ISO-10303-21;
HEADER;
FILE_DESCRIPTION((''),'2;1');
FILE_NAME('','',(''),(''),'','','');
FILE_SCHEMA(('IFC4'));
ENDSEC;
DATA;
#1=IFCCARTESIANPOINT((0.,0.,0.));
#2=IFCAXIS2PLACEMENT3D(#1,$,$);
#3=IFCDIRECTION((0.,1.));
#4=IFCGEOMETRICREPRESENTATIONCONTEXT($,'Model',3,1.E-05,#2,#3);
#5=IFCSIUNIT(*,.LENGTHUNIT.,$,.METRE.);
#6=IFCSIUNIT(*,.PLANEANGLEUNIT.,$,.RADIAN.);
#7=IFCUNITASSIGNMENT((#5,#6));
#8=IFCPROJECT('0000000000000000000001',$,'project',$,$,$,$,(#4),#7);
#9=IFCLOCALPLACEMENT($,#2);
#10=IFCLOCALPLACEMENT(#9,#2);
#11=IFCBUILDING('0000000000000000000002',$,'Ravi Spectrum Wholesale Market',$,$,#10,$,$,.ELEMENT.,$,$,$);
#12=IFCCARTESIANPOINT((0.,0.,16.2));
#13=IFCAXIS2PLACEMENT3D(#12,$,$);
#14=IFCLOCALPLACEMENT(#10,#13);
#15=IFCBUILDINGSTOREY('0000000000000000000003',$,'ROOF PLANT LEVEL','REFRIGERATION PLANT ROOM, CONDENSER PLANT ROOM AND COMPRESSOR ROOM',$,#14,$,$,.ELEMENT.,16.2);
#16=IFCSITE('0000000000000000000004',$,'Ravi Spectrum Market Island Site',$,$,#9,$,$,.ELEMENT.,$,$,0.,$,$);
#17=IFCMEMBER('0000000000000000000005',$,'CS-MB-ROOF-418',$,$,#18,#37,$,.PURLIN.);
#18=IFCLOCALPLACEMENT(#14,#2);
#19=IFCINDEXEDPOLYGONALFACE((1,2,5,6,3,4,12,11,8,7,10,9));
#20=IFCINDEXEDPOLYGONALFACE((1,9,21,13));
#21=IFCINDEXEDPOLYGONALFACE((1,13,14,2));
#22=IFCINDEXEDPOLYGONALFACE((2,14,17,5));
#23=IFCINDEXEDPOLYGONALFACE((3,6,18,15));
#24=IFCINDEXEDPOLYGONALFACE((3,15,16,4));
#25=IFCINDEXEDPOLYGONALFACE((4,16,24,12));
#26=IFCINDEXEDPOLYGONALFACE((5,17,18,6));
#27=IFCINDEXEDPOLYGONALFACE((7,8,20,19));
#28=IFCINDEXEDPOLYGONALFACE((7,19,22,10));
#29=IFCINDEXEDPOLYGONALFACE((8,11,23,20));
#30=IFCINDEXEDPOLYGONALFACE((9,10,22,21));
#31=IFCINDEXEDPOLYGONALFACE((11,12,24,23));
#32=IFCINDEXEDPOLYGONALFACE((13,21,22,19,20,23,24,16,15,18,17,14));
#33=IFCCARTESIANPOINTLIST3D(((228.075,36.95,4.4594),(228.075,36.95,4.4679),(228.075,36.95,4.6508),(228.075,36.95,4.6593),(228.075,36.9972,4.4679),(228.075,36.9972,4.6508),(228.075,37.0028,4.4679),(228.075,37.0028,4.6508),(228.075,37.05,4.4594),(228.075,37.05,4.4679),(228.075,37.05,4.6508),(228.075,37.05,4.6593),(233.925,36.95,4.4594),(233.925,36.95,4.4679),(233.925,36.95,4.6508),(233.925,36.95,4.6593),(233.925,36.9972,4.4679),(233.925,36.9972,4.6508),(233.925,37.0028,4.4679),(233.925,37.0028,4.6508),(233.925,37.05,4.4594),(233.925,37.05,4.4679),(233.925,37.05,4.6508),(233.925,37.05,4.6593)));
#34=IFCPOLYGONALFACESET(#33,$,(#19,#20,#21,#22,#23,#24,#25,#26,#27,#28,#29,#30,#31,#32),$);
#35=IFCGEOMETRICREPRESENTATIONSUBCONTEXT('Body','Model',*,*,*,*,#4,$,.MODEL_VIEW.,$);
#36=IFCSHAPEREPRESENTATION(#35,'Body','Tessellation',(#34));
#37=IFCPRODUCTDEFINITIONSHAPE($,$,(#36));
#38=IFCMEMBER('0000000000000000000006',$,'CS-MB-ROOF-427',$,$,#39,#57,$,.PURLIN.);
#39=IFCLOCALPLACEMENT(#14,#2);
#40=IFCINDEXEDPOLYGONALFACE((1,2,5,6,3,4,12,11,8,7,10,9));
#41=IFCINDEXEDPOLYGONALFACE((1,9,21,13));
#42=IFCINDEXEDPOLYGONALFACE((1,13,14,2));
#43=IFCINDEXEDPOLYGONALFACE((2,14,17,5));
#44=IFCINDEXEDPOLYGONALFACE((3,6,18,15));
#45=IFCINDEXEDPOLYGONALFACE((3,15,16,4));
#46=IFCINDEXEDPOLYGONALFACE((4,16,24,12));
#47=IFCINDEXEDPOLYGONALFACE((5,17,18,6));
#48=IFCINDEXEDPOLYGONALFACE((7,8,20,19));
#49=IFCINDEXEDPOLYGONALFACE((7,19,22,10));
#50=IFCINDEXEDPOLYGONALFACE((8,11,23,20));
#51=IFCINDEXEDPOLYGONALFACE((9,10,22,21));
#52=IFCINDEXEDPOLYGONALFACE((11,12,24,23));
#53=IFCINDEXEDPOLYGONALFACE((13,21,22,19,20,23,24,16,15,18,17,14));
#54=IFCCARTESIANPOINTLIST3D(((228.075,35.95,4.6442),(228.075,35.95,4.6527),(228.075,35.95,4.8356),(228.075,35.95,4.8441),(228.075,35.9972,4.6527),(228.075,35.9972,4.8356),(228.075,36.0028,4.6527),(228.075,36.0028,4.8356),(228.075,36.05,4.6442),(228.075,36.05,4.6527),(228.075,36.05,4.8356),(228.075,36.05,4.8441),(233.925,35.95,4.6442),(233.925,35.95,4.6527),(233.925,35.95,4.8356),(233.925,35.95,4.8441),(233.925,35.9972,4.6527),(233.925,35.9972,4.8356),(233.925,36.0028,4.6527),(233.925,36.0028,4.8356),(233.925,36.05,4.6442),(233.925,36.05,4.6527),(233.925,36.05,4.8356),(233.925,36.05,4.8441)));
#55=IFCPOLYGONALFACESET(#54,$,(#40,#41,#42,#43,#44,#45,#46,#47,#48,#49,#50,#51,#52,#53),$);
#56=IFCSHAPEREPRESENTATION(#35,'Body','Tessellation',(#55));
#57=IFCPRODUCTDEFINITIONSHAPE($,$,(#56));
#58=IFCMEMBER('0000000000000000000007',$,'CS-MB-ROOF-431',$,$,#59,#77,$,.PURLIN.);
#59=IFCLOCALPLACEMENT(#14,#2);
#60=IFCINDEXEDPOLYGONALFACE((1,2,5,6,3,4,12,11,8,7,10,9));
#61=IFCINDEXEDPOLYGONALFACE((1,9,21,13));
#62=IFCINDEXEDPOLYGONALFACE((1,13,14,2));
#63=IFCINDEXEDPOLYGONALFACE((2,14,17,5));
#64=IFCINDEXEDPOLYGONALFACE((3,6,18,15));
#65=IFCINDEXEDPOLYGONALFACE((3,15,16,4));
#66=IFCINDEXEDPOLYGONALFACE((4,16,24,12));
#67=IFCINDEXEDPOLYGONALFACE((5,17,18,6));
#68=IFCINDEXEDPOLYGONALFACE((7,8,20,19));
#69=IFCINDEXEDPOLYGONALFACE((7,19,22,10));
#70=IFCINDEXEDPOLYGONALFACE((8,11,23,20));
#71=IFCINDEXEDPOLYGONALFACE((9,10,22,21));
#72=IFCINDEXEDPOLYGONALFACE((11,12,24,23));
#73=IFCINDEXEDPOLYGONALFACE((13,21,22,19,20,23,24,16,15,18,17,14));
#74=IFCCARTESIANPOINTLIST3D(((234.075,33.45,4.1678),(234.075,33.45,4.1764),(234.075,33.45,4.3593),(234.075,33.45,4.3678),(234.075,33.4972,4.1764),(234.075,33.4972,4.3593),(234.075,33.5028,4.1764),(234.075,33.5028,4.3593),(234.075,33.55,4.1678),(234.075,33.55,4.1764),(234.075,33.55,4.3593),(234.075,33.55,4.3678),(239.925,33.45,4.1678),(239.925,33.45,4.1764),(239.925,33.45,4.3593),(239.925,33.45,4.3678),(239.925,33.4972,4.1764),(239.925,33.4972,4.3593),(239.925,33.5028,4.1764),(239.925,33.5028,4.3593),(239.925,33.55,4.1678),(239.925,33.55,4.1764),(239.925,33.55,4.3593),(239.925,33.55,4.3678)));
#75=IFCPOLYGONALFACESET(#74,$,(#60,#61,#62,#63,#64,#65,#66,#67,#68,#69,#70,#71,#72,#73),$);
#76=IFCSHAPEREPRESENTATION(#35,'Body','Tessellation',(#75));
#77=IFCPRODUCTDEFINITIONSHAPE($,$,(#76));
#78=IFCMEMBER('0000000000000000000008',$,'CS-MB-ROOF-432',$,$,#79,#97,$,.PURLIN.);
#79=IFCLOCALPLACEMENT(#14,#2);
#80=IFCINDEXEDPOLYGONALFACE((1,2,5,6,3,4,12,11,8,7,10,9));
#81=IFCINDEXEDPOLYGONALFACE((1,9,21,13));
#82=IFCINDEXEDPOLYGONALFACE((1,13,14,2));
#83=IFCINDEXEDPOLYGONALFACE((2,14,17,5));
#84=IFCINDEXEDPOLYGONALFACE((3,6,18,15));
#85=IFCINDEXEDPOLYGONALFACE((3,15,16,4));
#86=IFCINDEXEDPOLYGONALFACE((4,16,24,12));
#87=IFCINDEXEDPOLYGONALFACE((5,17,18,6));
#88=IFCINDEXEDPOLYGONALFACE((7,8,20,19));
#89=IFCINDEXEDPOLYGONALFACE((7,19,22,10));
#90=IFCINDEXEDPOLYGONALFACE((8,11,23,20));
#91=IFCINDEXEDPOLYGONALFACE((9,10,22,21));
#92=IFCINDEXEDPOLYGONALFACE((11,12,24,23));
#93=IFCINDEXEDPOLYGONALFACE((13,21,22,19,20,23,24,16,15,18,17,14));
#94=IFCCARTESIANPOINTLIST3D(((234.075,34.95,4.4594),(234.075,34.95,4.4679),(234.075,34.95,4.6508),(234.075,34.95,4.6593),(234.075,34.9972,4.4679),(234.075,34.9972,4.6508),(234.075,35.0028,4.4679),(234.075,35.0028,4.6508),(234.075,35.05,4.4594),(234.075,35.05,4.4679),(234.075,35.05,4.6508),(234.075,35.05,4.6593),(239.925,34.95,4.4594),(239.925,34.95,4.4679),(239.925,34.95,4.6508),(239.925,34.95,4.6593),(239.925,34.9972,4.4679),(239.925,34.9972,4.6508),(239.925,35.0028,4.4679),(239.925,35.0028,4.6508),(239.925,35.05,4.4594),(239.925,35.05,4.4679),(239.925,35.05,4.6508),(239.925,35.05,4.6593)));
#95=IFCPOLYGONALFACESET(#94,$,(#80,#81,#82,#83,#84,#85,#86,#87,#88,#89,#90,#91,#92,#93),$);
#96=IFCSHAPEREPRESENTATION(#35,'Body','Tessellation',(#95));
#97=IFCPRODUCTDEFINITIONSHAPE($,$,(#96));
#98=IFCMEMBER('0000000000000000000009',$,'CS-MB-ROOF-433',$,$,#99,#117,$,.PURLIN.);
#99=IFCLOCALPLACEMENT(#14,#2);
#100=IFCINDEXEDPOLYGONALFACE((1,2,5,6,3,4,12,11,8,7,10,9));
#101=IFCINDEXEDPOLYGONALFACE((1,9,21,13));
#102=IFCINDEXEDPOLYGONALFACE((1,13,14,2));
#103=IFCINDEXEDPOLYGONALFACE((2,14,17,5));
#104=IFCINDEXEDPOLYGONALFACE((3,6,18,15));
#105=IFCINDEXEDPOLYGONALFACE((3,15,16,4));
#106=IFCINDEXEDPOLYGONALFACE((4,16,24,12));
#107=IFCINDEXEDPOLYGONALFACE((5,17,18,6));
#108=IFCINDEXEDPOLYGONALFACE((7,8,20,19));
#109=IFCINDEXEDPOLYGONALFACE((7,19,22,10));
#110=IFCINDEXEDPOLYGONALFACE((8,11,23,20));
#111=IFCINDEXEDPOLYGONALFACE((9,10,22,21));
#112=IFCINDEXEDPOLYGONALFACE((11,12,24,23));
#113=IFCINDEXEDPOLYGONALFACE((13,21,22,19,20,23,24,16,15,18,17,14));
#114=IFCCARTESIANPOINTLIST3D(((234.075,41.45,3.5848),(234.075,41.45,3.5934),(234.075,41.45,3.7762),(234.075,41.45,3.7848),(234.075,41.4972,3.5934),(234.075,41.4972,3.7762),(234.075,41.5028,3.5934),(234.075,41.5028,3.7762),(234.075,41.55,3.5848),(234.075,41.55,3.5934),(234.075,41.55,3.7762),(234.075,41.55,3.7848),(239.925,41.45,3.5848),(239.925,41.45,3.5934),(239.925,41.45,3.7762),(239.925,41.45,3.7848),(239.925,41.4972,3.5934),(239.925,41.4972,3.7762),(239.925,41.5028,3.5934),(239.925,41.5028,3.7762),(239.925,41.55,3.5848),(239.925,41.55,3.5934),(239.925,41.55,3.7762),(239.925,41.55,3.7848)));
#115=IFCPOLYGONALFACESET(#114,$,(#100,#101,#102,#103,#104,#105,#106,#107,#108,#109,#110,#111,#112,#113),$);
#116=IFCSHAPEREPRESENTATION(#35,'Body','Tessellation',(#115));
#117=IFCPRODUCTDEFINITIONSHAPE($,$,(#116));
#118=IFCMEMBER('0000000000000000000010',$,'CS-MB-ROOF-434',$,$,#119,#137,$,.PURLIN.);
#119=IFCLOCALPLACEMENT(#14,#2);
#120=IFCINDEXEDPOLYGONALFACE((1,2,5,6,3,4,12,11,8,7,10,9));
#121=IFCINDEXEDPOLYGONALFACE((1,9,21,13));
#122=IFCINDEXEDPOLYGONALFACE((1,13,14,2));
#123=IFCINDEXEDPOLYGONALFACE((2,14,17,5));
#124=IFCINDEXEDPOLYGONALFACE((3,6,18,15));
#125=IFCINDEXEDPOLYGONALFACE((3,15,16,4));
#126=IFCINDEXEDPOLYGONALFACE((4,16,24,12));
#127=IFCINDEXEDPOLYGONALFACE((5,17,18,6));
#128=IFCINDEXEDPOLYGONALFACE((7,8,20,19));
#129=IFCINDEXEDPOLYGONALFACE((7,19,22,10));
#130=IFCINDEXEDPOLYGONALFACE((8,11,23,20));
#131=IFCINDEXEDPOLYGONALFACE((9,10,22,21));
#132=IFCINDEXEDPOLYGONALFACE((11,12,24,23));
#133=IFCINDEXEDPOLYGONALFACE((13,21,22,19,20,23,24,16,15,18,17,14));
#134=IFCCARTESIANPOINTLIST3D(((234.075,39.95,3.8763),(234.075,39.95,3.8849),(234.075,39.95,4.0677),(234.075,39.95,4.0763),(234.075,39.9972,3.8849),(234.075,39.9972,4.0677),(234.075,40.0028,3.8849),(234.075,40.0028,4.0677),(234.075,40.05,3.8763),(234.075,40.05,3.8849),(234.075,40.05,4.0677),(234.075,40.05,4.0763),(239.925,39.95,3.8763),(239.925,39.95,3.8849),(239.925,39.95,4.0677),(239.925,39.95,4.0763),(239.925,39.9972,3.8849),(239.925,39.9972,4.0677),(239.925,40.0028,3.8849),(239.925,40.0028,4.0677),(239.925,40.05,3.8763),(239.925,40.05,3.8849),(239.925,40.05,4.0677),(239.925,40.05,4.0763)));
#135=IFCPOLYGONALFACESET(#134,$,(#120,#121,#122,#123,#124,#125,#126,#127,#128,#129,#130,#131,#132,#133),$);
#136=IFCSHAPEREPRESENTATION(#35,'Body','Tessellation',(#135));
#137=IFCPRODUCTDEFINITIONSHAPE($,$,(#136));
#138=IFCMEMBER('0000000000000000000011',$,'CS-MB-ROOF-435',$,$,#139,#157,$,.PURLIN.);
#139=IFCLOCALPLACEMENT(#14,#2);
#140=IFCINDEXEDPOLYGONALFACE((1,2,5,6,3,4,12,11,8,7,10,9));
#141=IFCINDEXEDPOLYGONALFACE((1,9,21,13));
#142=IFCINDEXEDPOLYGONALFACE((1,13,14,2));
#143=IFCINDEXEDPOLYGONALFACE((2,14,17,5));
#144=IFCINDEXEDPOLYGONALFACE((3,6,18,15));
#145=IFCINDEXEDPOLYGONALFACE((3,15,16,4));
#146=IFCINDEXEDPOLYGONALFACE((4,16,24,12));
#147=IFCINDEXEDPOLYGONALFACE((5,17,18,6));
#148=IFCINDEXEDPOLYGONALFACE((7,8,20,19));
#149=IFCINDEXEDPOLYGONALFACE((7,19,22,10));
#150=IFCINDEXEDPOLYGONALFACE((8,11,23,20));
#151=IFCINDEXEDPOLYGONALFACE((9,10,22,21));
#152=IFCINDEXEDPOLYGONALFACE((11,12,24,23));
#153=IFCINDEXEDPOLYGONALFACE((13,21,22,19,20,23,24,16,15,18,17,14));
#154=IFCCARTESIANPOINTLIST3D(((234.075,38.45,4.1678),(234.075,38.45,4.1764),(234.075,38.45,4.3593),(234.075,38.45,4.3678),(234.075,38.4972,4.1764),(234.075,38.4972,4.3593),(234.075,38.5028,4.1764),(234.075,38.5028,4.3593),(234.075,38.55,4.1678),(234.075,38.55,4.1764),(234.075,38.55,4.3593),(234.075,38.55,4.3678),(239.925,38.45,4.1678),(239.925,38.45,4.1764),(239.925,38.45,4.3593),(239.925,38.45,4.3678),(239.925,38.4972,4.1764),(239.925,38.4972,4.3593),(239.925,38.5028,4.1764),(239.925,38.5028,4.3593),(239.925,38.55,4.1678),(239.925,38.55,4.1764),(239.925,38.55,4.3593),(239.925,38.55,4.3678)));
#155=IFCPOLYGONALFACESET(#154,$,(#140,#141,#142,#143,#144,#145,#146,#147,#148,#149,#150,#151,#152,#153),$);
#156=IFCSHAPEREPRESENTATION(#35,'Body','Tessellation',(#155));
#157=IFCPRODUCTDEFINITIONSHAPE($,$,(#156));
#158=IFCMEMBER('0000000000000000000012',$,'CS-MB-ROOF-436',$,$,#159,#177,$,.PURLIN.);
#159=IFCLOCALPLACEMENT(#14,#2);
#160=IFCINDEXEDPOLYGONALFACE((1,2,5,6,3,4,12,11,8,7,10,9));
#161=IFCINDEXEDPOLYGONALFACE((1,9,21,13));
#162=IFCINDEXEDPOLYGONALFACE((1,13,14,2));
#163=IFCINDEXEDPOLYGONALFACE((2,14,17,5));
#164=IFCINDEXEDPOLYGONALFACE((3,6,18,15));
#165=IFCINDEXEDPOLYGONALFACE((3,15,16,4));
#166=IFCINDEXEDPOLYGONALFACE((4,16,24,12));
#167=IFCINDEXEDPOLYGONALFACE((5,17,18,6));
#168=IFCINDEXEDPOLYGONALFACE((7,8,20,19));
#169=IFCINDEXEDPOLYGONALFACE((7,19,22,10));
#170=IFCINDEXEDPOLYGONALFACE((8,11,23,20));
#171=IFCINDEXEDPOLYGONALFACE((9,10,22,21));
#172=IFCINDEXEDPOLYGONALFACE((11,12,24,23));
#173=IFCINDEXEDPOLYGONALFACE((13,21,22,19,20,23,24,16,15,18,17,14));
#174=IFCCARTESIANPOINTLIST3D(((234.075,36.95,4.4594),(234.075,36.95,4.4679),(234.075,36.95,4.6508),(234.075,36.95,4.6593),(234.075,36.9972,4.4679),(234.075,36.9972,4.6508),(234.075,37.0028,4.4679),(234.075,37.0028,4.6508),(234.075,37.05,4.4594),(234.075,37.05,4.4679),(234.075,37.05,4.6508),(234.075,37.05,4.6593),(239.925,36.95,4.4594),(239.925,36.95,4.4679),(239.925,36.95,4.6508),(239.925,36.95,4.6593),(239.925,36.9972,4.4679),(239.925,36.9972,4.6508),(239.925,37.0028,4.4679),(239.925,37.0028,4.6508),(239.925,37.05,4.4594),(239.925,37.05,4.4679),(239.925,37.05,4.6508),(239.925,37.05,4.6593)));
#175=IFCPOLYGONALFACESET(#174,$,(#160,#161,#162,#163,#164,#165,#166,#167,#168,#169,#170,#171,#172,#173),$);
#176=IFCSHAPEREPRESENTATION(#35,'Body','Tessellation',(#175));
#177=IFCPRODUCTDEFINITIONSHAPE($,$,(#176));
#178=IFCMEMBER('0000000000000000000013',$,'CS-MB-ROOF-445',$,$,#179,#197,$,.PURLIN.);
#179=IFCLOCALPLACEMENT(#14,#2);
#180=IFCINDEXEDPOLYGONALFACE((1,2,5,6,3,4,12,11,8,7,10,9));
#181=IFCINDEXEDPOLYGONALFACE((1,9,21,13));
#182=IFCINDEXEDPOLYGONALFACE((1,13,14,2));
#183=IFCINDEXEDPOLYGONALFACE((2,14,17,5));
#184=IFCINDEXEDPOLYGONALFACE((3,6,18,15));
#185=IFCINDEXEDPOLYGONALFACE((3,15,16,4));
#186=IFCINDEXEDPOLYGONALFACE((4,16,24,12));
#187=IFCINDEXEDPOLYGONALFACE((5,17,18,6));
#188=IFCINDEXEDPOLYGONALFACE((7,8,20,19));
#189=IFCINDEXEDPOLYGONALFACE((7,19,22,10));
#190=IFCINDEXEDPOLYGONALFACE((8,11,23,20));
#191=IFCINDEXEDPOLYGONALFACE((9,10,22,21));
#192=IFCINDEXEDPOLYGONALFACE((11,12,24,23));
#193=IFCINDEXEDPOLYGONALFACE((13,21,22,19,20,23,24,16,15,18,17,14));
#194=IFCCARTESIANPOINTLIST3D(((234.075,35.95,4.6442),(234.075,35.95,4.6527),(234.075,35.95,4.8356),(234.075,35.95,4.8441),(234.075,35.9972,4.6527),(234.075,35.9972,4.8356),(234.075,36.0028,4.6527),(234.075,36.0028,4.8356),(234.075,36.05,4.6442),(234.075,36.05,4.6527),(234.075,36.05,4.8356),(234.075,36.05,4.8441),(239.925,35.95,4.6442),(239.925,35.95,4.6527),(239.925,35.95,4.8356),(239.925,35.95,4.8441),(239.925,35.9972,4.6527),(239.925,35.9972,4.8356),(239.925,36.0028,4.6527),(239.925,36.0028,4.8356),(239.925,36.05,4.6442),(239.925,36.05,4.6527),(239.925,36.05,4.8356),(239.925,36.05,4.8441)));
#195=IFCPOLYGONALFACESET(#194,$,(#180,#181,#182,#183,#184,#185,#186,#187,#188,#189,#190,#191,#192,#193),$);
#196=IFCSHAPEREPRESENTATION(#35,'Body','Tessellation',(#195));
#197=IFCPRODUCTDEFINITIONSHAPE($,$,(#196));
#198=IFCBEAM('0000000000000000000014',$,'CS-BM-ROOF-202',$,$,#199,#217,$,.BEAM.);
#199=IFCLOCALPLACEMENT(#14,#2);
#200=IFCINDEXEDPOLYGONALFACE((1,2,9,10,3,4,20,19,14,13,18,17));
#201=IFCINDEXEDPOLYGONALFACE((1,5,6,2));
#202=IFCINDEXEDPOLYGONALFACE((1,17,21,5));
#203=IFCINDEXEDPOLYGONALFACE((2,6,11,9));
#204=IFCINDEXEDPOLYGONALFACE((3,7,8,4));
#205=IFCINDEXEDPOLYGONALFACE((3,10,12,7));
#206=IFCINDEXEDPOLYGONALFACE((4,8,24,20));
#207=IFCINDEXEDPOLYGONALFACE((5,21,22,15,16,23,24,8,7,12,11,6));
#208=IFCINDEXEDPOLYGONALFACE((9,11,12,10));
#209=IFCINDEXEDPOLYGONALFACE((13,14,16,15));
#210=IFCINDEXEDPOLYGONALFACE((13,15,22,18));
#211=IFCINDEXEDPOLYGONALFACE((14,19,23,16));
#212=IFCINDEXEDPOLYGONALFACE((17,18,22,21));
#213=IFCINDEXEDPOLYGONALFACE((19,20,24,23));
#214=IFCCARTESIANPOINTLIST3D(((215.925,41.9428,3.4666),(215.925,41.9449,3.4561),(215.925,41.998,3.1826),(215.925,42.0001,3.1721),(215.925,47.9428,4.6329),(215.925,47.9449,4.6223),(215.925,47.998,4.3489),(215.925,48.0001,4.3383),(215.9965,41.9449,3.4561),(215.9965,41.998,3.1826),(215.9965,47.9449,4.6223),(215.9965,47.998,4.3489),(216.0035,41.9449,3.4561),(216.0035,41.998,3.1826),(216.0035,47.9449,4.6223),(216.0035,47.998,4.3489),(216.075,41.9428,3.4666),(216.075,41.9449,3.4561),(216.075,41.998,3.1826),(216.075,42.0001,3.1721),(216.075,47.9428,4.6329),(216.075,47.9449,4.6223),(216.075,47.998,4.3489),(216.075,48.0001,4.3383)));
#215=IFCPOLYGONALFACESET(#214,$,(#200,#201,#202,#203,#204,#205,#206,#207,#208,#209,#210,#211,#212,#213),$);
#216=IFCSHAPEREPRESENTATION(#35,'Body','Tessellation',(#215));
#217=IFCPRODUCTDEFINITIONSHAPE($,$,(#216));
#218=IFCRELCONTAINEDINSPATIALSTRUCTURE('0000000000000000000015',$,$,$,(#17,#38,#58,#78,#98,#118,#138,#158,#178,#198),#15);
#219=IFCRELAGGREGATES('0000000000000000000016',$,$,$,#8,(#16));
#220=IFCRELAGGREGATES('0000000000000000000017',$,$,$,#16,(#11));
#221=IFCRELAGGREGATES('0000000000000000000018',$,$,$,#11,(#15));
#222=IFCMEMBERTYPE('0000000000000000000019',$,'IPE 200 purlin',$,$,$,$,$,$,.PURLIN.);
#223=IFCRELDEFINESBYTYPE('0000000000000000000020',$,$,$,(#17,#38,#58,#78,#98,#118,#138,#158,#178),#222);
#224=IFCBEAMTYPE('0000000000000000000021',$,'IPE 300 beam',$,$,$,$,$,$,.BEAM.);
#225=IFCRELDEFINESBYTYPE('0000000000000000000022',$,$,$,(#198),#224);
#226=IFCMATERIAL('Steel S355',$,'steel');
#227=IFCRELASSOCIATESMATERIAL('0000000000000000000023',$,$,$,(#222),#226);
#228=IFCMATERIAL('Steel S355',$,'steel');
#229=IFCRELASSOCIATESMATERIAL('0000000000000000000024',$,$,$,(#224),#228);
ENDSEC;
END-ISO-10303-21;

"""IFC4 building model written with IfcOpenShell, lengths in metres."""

from ifc_helpers import new_model, si_unit, direction, frame, origin, origin_2d, place, context, subcontext, project, spatial, i_section, extrude, material, material_profile, profile_set, type_object, element, save


model = new_model("IFC4")

# Units and contexts
model_context = context("Model", 3, precision=1e-05, world=origin(), true_north=direction((0.0, 1.0)))
body_context = subcontext(model_context, "Body", "Model", "MODEL_VIEW")
ifc_project = project(units=[si_unit("LENGTHUNIT", "METRE"), si_unit("PLANEANGLEUNIT", "RADIAN")], contexts=[model_context])

# Site, building, storey
site_placement = place(None, origin())
site = spatial("IfcSite", under=ifc_project, at=site_placement, Name="Ravi Spectrum Market Island Site", CompositionType="ELEMENT", RefElevation=0.0)
building_placement = place(site_placement, origin())
building = spatial("IfcBuilding", under=site, at=building_placement, Name="Ravi Spectrum Wholesale Market", CompositionType="ELEMENT")
storey_placement = place(building_placement, frame((0.0, 0.0, 16.2)))
storey = spatial("IfcBuildingStorey", under=building, at=storey_placement, Name="ROOF PLANT LEVEL", Description="REFRIGERATION PLANT ROOM, CONDENSER PLANT ROOM AND COMPRESSOR ROOM", CompositionType="ELEMENT", Elevation=16.2)

# Members
ifc_material_1 = material(Name="Steel S355", Category="steel")
ifc_material_profile_1 = material_profile(ifc_material_1, i_section(OverallWidth=0.1001, OverallDepth=0.2, WebThickness=0.0056, FlangeThickness=0.0085, at=origin_2d()))
ifc_profile_set_1 = profile_set([ifc_material_profile_1], Name="Steel S355")
member_type = type_object("IfcMemberType", Name="IPE 200 purlin", PredefinedType="PURLIN", material=ifc_profile_set_1)
for number, where, z_axis, x_axis, name in (
    (1, (228.075, 37.0, 4.5593), (1.0, 0.0, 0.0), (0.0, 1.0, 0.0), "CS-MB-ROOF-418"),
    (2, (228.075, 36.0, 4.7441), (1.0, 0.0, 0.0), (0.0, 1.0, 0.0), "CS-MB-ROOF-427"),
    (3, (234.075, 33.5, 4.2678), (1.0, 0.0, 0.0), (0.0, 1.0, 0.0), "CS-MB-ROOF-431"),
    (4, (234.075, 35.0, 4.5593), (1.0, 0.0, 0.0), (0.0, 1.0, 0.0), "CS-MB-ROOF-432"),
    (5, (234.075, 41.5, 3.6848), (1.0, 0.0, 0.0), (0.0, 1.0, 0.0), "CS-MB-ROOF-433"),
    (6, (234.075, 40.0, 3.9763), (1.0, 0.0, 0.0), (0.0, 1.0, 0.0), "CS-MB-ROOF-434"),
    (7, (234.075, 38.5, 4.2678), (1.0, 0.0, 0.0), (0.0, 1.0, 0.0), "CS-MB-ROOF-435"),
    (8, (234.075, 37.0, 4.5593), (1.0, 0.0, 0.0), (0.0, 1.0, 0.0), "CS-MB-ROOF-436"),
    (9, (234.075, 36.0, 4.7441), (1.0, 0.0, 0.0), (0.0, 1.0, 0.0), "CS-MB-ROOF-445"),
):
    element("IfcMember", number, at=place(storey_placement, frame(where, z_axis=z_axis, x_axis=x_axis)), inside=storey, type_object=member_type, Name=name, PredefinedType="PURLIN", context=body_context, shape_type="SweptSolid", body=[
        extrude(i_section(OverallWidth=0.1001, OverallDepth=0.2, WebThickness=0.0056, FlangeThickness=0.0085, at=origin_2d()), origin(), (0.0, 0.0, 1.0), 5.8501),
    ])

# Beam
ifc_material_2 = material(Name="Steel S355", Category="steel")
ifc_material_profile_2 = material_profile(ifc_material_2, i_section(OverallWidth=0.1499, OverallDepth=0.3, WebThickness=0.0071, FlangeThickness=0.0107, at=origin_2d()))
ifc_profile_set_2 = profile_set([ifc_material_profile_2], Name="Steel S355")
beam_type_1 = type_object("IfcBeamType", Name="IPE 300 beam", PredefinedType="BEAM", material=ifc_profile_set_2)
for number, where, z_axis, x_axis, name in (
    (10, (216.0, 41.9714, 3.3193), (0.0, 0.981628, 0.190806), (-1.0, 0.0, 0.0), "CS-BM-ROOF-202"),
):
    element("IfcBeam", number, at=place(storey_placement, frame(where, z_axis=z_axis, x_axis=x_axis)), inside=storey, type_object=beam_type_1, Name=name, PredefinedType="BEAM", context=body_context, shape_type="SweptSolid", body=[
        extrude(i_section(OverallWidth=0.1499, OverallDepth=0.3, WebThickness=0.0071, FlangeThickness=0.0107, at=origin_2d()), origin(), (0.0, 0.0, 1.0), 6.1123),
    ])

save(model, "model.ifc")
